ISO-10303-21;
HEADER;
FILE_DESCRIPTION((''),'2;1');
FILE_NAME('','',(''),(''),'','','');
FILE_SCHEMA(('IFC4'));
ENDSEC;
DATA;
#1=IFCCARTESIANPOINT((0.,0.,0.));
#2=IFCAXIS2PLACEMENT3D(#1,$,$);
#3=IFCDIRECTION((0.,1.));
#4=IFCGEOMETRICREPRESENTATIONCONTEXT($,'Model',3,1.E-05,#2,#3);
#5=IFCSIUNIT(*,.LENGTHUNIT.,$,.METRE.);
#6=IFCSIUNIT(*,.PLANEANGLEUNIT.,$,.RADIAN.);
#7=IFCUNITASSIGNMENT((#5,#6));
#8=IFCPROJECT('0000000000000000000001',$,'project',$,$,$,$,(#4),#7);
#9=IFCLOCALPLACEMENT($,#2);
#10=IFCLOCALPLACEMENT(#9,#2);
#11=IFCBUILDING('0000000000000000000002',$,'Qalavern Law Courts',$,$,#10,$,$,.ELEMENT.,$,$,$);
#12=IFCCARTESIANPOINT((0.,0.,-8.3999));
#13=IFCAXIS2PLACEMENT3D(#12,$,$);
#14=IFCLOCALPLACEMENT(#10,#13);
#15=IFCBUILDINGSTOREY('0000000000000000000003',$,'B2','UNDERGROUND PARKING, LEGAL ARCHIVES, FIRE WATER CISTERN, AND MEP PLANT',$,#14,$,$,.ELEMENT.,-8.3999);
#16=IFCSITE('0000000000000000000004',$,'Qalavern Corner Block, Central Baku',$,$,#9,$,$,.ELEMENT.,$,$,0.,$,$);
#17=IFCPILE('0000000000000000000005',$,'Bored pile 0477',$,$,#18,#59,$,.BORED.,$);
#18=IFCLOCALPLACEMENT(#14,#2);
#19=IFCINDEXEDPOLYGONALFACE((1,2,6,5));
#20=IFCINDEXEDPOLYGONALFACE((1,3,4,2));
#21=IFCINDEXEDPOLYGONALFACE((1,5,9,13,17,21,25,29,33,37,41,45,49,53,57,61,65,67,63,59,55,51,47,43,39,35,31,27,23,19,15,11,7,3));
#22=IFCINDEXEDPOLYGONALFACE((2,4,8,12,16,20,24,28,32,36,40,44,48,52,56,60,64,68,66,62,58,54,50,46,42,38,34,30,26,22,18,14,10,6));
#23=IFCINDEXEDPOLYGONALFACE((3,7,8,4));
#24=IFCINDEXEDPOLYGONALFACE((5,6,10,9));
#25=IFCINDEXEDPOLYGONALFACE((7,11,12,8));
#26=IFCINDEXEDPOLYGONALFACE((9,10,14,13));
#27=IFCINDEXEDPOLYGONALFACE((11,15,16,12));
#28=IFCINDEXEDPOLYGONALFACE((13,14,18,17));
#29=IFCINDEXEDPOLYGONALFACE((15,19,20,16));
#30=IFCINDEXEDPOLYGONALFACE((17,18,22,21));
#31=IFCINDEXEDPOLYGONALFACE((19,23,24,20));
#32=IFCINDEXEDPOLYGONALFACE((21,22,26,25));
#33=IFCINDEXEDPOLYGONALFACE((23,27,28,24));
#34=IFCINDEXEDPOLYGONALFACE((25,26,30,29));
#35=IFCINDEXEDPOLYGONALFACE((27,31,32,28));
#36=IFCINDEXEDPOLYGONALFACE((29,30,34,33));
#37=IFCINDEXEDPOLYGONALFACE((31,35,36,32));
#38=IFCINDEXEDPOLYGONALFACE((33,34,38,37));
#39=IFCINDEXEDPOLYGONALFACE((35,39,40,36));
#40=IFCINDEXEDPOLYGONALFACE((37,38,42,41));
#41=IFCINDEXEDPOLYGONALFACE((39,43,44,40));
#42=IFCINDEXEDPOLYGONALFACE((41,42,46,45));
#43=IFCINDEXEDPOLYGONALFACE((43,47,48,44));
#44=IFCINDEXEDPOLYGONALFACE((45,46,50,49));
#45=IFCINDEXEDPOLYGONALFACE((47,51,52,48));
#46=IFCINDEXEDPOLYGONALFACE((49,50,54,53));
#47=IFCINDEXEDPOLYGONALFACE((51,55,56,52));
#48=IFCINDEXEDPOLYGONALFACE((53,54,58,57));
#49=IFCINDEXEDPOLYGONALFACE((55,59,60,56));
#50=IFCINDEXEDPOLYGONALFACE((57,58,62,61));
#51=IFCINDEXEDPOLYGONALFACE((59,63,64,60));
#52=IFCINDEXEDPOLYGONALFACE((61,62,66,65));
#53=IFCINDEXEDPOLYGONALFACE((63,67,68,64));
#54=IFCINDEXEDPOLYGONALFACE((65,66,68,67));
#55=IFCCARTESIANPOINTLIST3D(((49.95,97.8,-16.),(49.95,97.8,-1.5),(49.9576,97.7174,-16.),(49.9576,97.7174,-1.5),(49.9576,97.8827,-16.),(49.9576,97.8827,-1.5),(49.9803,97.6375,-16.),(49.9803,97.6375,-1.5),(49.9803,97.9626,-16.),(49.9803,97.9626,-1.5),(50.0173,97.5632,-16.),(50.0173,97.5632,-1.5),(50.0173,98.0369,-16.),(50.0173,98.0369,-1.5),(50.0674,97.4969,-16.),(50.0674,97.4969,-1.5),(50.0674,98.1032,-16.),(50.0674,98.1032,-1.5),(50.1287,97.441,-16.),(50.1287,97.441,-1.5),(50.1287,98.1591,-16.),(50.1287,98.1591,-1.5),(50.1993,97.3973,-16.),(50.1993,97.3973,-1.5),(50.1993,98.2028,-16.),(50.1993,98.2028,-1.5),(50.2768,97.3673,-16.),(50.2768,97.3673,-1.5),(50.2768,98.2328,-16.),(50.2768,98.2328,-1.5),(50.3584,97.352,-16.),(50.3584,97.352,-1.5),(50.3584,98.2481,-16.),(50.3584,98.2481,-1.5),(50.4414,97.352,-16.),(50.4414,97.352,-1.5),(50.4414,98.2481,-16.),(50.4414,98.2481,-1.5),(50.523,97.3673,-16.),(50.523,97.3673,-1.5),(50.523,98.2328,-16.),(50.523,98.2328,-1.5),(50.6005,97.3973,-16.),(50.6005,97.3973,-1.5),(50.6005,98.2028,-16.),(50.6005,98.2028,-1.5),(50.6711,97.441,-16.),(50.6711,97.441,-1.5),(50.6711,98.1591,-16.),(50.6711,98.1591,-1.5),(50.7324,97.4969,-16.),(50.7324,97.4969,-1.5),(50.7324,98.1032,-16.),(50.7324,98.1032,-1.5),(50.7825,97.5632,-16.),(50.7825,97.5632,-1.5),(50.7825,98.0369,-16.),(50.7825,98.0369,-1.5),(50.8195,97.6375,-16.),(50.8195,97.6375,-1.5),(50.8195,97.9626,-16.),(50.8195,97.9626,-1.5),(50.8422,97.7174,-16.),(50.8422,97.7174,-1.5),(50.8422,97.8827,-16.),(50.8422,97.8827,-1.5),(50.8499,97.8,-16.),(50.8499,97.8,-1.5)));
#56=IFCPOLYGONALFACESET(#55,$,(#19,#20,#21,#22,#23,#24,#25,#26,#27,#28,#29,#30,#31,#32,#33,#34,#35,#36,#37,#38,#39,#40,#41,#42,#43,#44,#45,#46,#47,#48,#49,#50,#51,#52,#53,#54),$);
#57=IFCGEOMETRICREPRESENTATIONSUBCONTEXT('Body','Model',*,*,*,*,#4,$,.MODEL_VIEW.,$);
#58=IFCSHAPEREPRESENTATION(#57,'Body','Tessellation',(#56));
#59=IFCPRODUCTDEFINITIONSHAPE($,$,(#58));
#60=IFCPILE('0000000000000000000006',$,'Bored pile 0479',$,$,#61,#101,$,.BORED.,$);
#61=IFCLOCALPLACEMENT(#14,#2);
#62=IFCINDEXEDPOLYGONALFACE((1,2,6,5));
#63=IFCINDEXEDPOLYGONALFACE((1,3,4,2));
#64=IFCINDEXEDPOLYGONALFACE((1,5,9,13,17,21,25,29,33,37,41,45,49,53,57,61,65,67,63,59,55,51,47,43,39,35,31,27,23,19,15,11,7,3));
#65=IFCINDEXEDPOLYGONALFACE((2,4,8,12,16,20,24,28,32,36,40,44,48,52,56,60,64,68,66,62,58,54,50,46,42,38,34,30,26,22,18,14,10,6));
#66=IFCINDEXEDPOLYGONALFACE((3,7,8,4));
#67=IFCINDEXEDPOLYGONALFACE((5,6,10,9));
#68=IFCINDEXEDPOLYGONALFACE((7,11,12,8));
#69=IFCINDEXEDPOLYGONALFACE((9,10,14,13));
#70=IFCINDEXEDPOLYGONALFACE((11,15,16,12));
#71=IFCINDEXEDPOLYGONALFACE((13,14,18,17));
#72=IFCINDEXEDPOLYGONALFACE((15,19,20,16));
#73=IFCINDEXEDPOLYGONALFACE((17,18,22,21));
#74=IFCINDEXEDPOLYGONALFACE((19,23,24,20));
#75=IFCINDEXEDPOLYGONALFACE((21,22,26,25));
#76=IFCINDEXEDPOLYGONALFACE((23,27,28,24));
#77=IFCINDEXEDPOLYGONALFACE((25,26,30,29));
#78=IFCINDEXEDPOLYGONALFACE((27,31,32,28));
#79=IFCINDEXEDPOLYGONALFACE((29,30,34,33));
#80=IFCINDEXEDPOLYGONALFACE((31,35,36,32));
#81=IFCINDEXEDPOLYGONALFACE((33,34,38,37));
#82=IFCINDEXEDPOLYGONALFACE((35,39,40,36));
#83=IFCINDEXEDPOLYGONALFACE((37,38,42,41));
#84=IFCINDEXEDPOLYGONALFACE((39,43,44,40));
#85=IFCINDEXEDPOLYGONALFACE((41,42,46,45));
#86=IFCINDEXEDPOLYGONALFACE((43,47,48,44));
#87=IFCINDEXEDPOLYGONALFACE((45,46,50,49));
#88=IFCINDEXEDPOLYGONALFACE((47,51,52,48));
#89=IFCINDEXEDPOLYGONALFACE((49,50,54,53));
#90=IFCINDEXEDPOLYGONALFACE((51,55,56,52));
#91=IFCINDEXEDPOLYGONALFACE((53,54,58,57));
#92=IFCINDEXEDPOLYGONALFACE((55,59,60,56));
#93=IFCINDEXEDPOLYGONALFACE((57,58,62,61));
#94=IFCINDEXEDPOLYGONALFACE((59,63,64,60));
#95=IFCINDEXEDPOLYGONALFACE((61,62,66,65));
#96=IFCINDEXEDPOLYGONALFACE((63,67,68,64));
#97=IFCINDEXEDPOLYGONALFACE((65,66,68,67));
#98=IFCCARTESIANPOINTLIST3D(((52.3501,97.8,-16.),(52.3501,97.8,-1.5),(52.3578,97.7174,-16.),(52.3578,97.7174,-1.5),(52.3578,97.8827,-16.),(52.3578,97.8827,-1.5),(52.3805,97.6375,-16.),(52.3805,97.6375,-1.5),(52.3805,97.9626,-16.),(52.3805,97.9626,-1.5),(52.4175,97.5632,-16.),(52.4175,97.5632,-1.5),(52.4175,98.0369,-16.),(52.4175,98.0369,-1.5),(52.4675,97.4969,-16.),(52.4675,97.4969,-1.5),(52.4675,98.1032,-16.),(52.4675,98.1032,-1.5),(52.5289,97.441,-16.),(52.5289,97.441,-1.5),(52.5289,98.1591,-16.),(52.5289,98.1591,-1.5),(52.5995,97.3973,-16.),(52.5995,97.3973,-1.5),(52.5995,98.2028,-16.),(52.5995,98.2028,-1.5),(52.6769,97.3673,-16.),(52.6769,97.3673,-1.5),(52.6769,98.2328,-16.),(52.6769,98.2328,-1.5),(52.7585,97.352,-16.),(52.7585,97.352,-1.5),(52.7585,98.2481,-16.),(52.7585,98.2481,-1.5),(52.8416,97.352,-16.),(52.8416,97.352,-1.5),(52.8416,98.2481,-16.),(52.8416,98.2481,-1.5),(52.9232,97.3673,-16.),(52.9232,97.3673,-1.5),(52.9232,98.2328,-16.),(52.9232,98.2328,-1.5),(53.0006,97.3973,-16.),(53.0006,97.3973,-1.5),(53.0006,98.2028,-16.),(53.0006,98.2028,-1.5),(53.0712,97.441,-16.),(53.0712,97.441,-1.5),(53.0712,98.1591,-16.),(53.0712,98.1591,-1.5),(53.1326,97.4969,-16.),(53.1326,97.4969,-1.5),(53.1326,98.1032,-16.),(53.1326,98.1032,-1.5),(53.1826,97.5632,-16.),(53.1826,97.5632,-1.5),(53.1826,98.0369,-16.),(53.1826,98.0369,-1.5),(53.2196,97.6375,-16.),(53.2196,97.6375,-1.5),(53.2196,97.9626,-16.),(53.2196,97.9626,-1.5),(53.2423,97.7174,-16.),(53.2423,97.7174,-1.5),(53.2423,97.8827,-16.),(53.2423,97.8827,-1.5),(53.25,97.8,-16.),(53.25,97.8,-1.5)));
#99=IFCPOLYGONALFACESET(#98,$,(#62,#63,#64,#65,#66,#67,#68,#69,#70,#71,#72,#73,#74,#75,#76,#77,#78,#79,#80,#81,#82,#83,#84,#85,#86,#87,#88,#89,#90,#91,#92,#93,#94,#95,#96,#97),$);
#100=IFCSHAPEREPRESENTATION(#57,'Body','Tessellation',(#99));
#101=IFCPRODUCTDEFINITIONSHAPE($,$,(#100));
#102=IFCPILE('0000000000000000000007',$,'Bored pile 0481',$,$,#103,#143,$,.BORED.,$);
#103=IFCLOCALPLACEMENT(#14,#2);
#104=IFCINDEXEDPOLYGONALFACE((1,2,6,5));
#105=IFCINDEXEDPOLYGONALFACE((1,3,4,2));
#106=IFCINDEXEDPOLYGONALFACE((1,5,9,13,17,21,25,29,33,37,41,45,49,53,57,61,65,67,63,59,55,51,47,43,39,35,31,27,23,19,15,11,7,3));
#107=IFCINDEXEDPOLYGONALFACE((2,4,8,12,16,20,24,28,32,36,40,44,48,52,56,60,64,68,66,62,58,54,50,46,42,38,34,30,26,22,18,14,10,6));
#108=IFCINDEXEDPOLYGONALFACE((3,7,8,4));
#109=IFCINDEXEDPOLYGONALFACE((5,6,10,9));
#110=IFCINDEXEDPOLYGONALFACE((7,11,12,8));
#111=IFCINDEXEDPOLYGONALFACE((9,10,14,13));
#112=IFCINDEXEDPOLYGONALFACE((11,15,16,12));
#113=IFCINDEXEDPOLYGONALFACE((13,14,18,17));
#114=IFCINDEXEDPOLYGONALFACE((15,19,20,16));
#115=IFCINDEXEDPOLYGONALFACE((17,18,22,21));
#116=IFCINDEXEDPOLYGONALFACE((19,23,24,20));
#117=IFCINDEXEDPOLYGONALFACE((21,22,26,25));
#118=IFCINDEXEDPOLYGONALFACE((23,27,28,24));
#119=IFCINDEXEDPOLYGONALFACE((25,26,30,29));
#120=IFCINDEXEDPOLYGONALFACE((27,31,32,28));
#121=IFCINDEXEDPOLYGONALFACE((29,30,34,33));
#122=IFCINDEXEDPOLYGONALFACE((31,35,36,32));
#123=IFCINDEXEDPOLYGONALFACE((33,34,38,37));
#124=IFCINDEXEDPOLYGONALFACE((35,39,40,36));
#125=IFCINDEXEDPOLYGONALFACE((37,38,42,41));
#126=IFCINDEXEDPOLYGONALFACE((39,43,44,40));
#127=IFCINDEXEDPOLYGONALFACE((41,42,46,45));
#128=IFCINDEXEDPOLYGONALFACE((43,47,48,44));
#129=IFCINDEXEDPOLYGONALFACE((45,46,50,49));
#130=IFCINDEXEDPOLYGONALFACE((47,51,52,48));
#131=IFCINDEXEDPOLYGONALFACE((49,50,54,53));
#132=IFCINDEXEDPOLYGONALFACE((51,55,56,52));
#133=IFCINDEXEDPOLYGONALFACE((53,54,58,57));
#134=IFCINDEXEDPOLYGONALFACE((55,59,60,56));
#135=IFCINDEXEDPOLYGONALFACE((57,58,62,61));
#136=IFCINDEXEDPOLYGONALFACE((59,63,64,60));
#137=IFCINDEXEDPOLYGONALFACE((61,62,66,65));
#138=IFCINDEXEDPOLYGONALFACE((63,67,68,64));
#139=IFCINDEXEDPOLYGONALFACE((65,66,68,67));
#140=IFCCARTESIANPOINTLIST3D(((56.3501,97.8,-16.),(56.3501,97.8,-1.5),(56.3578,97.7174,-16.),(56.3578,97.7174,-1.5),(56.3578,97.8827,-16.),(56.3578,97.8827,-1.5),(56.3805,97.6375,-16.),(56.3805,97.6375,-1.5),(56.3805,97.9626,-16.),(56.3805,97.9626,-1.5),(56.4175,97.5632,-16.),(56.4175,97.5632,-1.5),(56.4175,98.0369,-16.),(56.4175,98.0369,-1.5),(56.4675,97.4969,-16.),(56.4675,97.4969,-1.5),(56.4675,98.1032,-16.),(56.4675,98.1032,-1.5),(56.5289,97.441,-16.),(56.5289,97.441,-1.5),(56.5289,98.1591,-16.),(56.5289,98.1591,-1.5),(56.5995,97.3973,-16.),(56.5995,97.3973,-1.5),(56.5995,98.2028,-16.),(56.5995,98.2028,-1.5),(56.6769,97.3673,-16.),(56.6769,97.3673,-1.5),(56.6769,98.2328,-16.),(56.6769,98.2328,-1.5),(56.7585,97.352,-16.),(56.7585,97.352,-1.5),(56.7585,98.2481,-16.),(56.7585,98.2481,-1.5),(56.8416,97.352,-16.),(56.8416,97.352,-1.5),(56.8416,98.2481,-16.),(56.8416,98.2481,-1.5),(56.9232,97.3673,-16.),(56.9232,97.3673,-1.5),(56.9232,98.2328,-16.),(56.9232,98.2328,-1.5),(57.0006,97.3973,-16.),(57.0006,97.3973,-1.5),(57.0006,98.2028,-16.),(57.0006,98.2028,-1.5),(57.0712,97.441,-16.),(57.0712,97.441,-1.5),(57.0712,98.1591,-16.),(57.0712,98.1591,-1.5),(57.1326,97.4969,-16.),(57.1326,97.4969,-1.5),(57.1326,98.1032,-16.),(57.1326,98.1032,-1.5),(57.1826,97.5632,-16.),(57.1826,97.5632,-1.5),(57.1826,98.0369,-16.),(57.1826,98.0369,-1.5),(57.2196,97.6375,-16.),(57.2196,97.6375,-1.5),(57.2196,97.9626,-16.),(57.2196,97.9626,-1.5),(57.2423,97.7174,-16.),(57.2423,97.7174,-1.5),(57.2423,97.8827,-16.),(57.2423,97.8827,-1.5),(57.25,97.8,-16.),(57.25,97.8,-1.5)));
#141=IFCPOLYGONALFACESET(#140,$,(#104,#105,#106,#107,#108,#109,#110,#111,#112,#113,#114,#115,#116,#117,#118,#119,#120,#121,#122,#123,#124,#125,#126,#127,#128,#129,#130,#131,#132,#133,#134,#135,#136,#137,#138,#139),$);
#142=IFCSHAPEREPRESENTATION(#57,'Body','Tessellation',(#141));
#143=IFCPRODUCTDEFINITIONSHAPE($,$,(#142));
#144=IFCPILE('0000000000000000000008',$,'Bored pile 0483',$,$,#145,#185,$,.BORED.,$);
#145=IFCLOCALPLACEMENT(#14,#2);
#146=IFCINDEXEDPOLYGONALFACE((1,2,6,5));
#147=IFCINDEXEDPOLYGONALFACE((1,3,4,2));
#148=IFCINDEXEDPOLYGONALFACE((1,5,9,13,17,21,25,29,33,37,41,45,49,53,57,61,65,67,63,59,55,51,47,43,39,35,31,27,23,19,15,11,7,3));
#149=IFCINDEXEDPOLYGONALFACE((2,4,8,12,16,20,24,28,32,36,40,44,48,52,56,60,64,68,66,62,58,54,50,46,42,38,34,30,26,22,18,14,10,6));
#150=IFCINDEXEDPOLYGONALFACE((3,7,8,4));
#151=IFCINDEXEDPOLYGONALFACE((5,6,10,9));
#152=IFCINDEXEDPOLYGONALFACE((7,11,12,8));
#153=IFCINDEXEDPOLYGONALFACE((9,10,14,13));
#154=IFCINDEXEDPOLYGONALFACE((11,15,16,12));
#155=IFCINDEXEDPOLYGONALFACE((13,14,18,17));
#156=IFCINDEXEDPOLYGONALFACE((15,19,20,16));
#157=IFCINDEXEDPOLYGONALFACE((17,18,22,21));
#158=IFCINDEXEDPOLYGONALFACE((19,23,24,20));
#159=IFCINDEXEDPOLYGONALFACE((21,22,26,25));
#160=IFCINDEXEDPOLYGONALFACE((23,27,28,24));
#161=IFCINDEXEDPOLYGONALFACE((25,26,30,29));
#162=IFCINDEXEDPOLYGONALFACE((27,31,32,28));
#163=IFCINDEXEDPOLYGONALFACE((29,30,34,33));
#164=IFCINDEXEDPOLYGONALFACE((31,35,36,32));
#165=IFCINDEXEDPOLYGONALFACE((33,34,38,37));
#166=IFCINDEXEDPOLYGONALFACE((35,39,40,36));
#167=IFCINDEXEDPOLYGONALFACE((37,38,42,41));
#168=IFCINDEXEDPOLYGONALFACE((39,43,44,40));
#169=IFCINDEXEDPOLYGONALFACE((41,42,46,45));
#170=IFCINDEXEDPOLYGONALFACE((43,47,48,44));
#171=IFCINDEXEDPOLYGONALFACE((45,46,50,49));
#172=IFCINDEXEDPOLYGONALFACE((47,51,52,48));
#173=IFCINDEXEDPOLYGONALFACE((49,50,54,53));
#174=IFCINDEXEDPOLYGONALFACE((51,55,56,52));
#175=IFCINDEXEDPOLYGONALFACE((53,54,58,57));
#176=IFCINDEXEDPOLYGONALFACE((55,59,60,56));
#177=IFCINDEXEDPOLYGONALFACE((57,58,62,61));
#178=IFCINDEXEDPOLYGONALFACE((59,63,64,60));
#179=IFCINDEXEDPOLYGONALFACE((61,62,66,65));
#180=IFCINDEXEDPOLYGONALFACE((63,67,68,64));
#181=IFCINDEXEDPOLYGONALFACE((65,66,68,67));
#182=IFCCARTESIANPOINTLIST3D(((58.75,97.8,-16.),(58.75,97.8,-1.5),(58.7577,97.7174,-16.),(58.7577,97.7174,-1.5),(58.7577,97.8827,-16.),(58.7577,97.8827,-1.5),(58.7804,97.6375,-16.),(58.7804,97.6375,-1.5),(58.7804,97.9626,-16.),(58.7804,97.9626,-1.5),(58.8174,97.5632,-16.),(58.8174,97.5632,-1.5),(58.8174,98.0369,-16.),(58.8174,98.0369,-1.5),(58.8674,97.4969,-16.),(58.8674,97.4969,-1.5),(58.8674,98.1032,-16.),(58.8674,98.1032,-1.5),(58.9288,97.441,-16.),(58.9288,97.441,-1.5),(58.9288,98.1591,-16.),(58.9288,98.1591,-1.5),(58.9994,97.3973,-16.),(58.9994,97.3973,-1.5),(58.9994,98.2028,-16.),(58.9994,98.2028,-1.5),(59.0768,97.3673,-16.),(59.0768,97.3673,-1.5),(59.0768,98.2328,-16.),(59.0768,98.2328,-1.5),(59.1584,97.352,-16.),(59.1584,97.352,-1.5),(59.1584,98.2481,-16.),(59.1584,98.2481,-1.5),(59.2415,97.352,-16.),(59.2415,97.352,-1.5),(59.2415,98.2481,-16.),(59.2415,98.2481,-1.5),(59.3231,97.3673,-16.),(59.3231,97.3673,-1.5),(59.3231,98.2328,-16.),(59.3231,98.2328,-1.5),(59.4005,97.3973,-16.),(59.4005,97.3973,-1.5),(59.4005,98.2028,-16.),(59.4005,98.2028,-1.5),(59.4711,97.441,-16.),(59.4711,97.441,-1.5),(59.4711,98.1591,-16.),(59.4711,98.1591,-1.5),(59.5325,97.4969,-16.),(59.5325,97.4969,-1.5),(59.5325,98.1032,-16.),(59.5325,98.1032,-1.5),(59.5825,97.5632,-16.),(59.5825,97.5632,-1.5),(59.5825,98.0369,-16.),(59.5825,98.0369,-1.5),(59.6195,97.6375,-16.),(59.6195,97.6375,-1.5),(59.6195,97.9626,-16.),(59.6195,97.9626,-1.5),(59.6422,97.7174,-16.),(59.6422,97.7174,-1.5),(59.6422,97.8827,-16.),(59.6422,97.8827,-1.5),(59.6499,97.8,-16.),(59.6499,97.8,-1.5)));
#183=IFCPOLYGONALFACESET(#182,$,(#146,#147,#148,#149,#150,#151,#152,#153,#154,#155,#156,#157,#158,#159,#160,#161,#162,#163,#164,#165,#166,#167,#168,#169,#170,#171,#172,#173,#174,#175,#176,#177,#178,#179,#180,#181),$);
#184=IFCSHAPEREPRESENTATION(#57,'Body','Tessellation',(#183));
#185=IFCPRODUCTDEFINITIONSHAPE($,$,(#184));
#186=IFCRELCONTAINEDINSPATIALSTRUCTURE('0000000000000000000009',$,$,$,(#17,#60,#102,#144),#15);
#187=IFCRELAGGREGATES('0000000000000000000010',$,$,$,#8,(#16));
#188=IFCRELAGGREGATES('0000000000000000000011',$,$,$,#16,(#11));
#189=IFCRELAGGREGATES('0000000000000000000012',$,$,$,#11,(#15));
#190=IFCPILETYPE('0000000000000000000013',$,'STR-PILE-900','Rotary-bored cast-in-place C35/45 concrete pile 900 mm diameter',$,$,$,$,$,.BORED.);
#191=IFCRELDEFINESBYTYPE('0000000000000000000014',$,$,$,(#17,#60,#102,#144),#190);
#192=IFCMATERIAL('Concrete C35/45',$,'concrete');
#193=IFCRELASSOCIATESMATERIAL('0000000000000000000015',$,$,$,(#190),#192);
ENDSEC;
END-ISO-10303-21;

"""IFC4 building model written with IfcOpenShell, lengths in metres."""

from ifc_helpers import new_model, si_unit, direction, frame, origin, origin_2d, place, context, subcontext, project, spatial, circle, extrude, material, material_profile, profile_set, type_object, element, save


model = new_model("IFC4")

# Units and contexts
model_context = context("Model", 3, precision=1e-05, world=origin(), true_north=direction((0.0, 1.0)))
body_context = subcontext(model_context, "Body", "Model", "MODEL_VIEW")
ifc_project = project(units=[si_unit("LENGTHUNIT", "METRE"), si_unit("PLANEANGLEUNIT", "RADIAN")], contexts=[model_context])

# Site, building, storey
site_placement = place(None, origin())
site = spatial("IfcSite", under=ifc_project, at=site_placement, Name="Qalavern Corner Block, Central Baku", CompositionType="ELEMENT", RefElevation=0.0)
building_placement = place(site_placement, origin())
building = spatial("IfcBuilding", under=site, at=building_placement, Name="Qalavern Law Courts", CompositionType="ELEMENT")
storey_placement = place(building_placement, frame((0.0, 0.0, -8.3999)))
storey = spatial("IfcBuildingStorey", under=building, at=storey_placement, Name="B2", Description="UNDERGROUND PARKING, LEGAL ARCHIVES, FIRE WATER CISTERN, AND MEP PLANT", CompositionType="ELEMENT", Elevation=-8.3999)

# Shared definitions
ifc_material_1 = material(Name="Concrete C35/45", Category="concrete")

# Piles
ifc_material_profile_1 = material_profile(ifc_material_1, circle(Radius=0.45, at=origin_2d()), Name="BORED PILE 900")
ifc_profile_set_1 = profile_set([ifc_material_profile_1], Name="Concrete C35/45")
pile_type_1 = type_object("IfcPileType", Name="STR-PILE-900", Description="Rotary-bored cast-in-place C35/45 concrete pile 900 mm diameter", PredefinedType="BORED", material=ifc_profile_set_1)
for number, where, z_axis, x_axis, name in (
    (1, (50.3999, 97.8, -1.5), (0.0, 0.0, -1.0), (1.0, 0.0, 0.0), "Bored pile 0477"),
    (2, (52.8, 97.8, -1.5), (0.0, 0.0, -1.0), (1.0, 0.0, 0.0), "Bored pile 0479"),
    (3, (56.8, 97.8, -1.5), (0.0, 0.0, -1.0), (1.0, 0.0, 0.0), "Bored pile 0481"),
    (4, (59.2, 97.8, -1.5), (0.0, 0.0, -1.0), (1.0, 0.0, 0.0), "Bored pile 0483"),
):
    element("IfcPile", number, at=place(storey_placement, frame(where, z_axis=z_axis, x_axis=x_axis)), inside=storey, type_object=pile_type_1, Name=name, PredefinedType="BORED", context=body_context, shape_type="SweptSolid", body=[
        extrude(circle(Radius=0.45, at=origin_2d()), origin(), (0.0, 0.0, 1.0), 14.5),
    ])

save(model, "model.ifc")
